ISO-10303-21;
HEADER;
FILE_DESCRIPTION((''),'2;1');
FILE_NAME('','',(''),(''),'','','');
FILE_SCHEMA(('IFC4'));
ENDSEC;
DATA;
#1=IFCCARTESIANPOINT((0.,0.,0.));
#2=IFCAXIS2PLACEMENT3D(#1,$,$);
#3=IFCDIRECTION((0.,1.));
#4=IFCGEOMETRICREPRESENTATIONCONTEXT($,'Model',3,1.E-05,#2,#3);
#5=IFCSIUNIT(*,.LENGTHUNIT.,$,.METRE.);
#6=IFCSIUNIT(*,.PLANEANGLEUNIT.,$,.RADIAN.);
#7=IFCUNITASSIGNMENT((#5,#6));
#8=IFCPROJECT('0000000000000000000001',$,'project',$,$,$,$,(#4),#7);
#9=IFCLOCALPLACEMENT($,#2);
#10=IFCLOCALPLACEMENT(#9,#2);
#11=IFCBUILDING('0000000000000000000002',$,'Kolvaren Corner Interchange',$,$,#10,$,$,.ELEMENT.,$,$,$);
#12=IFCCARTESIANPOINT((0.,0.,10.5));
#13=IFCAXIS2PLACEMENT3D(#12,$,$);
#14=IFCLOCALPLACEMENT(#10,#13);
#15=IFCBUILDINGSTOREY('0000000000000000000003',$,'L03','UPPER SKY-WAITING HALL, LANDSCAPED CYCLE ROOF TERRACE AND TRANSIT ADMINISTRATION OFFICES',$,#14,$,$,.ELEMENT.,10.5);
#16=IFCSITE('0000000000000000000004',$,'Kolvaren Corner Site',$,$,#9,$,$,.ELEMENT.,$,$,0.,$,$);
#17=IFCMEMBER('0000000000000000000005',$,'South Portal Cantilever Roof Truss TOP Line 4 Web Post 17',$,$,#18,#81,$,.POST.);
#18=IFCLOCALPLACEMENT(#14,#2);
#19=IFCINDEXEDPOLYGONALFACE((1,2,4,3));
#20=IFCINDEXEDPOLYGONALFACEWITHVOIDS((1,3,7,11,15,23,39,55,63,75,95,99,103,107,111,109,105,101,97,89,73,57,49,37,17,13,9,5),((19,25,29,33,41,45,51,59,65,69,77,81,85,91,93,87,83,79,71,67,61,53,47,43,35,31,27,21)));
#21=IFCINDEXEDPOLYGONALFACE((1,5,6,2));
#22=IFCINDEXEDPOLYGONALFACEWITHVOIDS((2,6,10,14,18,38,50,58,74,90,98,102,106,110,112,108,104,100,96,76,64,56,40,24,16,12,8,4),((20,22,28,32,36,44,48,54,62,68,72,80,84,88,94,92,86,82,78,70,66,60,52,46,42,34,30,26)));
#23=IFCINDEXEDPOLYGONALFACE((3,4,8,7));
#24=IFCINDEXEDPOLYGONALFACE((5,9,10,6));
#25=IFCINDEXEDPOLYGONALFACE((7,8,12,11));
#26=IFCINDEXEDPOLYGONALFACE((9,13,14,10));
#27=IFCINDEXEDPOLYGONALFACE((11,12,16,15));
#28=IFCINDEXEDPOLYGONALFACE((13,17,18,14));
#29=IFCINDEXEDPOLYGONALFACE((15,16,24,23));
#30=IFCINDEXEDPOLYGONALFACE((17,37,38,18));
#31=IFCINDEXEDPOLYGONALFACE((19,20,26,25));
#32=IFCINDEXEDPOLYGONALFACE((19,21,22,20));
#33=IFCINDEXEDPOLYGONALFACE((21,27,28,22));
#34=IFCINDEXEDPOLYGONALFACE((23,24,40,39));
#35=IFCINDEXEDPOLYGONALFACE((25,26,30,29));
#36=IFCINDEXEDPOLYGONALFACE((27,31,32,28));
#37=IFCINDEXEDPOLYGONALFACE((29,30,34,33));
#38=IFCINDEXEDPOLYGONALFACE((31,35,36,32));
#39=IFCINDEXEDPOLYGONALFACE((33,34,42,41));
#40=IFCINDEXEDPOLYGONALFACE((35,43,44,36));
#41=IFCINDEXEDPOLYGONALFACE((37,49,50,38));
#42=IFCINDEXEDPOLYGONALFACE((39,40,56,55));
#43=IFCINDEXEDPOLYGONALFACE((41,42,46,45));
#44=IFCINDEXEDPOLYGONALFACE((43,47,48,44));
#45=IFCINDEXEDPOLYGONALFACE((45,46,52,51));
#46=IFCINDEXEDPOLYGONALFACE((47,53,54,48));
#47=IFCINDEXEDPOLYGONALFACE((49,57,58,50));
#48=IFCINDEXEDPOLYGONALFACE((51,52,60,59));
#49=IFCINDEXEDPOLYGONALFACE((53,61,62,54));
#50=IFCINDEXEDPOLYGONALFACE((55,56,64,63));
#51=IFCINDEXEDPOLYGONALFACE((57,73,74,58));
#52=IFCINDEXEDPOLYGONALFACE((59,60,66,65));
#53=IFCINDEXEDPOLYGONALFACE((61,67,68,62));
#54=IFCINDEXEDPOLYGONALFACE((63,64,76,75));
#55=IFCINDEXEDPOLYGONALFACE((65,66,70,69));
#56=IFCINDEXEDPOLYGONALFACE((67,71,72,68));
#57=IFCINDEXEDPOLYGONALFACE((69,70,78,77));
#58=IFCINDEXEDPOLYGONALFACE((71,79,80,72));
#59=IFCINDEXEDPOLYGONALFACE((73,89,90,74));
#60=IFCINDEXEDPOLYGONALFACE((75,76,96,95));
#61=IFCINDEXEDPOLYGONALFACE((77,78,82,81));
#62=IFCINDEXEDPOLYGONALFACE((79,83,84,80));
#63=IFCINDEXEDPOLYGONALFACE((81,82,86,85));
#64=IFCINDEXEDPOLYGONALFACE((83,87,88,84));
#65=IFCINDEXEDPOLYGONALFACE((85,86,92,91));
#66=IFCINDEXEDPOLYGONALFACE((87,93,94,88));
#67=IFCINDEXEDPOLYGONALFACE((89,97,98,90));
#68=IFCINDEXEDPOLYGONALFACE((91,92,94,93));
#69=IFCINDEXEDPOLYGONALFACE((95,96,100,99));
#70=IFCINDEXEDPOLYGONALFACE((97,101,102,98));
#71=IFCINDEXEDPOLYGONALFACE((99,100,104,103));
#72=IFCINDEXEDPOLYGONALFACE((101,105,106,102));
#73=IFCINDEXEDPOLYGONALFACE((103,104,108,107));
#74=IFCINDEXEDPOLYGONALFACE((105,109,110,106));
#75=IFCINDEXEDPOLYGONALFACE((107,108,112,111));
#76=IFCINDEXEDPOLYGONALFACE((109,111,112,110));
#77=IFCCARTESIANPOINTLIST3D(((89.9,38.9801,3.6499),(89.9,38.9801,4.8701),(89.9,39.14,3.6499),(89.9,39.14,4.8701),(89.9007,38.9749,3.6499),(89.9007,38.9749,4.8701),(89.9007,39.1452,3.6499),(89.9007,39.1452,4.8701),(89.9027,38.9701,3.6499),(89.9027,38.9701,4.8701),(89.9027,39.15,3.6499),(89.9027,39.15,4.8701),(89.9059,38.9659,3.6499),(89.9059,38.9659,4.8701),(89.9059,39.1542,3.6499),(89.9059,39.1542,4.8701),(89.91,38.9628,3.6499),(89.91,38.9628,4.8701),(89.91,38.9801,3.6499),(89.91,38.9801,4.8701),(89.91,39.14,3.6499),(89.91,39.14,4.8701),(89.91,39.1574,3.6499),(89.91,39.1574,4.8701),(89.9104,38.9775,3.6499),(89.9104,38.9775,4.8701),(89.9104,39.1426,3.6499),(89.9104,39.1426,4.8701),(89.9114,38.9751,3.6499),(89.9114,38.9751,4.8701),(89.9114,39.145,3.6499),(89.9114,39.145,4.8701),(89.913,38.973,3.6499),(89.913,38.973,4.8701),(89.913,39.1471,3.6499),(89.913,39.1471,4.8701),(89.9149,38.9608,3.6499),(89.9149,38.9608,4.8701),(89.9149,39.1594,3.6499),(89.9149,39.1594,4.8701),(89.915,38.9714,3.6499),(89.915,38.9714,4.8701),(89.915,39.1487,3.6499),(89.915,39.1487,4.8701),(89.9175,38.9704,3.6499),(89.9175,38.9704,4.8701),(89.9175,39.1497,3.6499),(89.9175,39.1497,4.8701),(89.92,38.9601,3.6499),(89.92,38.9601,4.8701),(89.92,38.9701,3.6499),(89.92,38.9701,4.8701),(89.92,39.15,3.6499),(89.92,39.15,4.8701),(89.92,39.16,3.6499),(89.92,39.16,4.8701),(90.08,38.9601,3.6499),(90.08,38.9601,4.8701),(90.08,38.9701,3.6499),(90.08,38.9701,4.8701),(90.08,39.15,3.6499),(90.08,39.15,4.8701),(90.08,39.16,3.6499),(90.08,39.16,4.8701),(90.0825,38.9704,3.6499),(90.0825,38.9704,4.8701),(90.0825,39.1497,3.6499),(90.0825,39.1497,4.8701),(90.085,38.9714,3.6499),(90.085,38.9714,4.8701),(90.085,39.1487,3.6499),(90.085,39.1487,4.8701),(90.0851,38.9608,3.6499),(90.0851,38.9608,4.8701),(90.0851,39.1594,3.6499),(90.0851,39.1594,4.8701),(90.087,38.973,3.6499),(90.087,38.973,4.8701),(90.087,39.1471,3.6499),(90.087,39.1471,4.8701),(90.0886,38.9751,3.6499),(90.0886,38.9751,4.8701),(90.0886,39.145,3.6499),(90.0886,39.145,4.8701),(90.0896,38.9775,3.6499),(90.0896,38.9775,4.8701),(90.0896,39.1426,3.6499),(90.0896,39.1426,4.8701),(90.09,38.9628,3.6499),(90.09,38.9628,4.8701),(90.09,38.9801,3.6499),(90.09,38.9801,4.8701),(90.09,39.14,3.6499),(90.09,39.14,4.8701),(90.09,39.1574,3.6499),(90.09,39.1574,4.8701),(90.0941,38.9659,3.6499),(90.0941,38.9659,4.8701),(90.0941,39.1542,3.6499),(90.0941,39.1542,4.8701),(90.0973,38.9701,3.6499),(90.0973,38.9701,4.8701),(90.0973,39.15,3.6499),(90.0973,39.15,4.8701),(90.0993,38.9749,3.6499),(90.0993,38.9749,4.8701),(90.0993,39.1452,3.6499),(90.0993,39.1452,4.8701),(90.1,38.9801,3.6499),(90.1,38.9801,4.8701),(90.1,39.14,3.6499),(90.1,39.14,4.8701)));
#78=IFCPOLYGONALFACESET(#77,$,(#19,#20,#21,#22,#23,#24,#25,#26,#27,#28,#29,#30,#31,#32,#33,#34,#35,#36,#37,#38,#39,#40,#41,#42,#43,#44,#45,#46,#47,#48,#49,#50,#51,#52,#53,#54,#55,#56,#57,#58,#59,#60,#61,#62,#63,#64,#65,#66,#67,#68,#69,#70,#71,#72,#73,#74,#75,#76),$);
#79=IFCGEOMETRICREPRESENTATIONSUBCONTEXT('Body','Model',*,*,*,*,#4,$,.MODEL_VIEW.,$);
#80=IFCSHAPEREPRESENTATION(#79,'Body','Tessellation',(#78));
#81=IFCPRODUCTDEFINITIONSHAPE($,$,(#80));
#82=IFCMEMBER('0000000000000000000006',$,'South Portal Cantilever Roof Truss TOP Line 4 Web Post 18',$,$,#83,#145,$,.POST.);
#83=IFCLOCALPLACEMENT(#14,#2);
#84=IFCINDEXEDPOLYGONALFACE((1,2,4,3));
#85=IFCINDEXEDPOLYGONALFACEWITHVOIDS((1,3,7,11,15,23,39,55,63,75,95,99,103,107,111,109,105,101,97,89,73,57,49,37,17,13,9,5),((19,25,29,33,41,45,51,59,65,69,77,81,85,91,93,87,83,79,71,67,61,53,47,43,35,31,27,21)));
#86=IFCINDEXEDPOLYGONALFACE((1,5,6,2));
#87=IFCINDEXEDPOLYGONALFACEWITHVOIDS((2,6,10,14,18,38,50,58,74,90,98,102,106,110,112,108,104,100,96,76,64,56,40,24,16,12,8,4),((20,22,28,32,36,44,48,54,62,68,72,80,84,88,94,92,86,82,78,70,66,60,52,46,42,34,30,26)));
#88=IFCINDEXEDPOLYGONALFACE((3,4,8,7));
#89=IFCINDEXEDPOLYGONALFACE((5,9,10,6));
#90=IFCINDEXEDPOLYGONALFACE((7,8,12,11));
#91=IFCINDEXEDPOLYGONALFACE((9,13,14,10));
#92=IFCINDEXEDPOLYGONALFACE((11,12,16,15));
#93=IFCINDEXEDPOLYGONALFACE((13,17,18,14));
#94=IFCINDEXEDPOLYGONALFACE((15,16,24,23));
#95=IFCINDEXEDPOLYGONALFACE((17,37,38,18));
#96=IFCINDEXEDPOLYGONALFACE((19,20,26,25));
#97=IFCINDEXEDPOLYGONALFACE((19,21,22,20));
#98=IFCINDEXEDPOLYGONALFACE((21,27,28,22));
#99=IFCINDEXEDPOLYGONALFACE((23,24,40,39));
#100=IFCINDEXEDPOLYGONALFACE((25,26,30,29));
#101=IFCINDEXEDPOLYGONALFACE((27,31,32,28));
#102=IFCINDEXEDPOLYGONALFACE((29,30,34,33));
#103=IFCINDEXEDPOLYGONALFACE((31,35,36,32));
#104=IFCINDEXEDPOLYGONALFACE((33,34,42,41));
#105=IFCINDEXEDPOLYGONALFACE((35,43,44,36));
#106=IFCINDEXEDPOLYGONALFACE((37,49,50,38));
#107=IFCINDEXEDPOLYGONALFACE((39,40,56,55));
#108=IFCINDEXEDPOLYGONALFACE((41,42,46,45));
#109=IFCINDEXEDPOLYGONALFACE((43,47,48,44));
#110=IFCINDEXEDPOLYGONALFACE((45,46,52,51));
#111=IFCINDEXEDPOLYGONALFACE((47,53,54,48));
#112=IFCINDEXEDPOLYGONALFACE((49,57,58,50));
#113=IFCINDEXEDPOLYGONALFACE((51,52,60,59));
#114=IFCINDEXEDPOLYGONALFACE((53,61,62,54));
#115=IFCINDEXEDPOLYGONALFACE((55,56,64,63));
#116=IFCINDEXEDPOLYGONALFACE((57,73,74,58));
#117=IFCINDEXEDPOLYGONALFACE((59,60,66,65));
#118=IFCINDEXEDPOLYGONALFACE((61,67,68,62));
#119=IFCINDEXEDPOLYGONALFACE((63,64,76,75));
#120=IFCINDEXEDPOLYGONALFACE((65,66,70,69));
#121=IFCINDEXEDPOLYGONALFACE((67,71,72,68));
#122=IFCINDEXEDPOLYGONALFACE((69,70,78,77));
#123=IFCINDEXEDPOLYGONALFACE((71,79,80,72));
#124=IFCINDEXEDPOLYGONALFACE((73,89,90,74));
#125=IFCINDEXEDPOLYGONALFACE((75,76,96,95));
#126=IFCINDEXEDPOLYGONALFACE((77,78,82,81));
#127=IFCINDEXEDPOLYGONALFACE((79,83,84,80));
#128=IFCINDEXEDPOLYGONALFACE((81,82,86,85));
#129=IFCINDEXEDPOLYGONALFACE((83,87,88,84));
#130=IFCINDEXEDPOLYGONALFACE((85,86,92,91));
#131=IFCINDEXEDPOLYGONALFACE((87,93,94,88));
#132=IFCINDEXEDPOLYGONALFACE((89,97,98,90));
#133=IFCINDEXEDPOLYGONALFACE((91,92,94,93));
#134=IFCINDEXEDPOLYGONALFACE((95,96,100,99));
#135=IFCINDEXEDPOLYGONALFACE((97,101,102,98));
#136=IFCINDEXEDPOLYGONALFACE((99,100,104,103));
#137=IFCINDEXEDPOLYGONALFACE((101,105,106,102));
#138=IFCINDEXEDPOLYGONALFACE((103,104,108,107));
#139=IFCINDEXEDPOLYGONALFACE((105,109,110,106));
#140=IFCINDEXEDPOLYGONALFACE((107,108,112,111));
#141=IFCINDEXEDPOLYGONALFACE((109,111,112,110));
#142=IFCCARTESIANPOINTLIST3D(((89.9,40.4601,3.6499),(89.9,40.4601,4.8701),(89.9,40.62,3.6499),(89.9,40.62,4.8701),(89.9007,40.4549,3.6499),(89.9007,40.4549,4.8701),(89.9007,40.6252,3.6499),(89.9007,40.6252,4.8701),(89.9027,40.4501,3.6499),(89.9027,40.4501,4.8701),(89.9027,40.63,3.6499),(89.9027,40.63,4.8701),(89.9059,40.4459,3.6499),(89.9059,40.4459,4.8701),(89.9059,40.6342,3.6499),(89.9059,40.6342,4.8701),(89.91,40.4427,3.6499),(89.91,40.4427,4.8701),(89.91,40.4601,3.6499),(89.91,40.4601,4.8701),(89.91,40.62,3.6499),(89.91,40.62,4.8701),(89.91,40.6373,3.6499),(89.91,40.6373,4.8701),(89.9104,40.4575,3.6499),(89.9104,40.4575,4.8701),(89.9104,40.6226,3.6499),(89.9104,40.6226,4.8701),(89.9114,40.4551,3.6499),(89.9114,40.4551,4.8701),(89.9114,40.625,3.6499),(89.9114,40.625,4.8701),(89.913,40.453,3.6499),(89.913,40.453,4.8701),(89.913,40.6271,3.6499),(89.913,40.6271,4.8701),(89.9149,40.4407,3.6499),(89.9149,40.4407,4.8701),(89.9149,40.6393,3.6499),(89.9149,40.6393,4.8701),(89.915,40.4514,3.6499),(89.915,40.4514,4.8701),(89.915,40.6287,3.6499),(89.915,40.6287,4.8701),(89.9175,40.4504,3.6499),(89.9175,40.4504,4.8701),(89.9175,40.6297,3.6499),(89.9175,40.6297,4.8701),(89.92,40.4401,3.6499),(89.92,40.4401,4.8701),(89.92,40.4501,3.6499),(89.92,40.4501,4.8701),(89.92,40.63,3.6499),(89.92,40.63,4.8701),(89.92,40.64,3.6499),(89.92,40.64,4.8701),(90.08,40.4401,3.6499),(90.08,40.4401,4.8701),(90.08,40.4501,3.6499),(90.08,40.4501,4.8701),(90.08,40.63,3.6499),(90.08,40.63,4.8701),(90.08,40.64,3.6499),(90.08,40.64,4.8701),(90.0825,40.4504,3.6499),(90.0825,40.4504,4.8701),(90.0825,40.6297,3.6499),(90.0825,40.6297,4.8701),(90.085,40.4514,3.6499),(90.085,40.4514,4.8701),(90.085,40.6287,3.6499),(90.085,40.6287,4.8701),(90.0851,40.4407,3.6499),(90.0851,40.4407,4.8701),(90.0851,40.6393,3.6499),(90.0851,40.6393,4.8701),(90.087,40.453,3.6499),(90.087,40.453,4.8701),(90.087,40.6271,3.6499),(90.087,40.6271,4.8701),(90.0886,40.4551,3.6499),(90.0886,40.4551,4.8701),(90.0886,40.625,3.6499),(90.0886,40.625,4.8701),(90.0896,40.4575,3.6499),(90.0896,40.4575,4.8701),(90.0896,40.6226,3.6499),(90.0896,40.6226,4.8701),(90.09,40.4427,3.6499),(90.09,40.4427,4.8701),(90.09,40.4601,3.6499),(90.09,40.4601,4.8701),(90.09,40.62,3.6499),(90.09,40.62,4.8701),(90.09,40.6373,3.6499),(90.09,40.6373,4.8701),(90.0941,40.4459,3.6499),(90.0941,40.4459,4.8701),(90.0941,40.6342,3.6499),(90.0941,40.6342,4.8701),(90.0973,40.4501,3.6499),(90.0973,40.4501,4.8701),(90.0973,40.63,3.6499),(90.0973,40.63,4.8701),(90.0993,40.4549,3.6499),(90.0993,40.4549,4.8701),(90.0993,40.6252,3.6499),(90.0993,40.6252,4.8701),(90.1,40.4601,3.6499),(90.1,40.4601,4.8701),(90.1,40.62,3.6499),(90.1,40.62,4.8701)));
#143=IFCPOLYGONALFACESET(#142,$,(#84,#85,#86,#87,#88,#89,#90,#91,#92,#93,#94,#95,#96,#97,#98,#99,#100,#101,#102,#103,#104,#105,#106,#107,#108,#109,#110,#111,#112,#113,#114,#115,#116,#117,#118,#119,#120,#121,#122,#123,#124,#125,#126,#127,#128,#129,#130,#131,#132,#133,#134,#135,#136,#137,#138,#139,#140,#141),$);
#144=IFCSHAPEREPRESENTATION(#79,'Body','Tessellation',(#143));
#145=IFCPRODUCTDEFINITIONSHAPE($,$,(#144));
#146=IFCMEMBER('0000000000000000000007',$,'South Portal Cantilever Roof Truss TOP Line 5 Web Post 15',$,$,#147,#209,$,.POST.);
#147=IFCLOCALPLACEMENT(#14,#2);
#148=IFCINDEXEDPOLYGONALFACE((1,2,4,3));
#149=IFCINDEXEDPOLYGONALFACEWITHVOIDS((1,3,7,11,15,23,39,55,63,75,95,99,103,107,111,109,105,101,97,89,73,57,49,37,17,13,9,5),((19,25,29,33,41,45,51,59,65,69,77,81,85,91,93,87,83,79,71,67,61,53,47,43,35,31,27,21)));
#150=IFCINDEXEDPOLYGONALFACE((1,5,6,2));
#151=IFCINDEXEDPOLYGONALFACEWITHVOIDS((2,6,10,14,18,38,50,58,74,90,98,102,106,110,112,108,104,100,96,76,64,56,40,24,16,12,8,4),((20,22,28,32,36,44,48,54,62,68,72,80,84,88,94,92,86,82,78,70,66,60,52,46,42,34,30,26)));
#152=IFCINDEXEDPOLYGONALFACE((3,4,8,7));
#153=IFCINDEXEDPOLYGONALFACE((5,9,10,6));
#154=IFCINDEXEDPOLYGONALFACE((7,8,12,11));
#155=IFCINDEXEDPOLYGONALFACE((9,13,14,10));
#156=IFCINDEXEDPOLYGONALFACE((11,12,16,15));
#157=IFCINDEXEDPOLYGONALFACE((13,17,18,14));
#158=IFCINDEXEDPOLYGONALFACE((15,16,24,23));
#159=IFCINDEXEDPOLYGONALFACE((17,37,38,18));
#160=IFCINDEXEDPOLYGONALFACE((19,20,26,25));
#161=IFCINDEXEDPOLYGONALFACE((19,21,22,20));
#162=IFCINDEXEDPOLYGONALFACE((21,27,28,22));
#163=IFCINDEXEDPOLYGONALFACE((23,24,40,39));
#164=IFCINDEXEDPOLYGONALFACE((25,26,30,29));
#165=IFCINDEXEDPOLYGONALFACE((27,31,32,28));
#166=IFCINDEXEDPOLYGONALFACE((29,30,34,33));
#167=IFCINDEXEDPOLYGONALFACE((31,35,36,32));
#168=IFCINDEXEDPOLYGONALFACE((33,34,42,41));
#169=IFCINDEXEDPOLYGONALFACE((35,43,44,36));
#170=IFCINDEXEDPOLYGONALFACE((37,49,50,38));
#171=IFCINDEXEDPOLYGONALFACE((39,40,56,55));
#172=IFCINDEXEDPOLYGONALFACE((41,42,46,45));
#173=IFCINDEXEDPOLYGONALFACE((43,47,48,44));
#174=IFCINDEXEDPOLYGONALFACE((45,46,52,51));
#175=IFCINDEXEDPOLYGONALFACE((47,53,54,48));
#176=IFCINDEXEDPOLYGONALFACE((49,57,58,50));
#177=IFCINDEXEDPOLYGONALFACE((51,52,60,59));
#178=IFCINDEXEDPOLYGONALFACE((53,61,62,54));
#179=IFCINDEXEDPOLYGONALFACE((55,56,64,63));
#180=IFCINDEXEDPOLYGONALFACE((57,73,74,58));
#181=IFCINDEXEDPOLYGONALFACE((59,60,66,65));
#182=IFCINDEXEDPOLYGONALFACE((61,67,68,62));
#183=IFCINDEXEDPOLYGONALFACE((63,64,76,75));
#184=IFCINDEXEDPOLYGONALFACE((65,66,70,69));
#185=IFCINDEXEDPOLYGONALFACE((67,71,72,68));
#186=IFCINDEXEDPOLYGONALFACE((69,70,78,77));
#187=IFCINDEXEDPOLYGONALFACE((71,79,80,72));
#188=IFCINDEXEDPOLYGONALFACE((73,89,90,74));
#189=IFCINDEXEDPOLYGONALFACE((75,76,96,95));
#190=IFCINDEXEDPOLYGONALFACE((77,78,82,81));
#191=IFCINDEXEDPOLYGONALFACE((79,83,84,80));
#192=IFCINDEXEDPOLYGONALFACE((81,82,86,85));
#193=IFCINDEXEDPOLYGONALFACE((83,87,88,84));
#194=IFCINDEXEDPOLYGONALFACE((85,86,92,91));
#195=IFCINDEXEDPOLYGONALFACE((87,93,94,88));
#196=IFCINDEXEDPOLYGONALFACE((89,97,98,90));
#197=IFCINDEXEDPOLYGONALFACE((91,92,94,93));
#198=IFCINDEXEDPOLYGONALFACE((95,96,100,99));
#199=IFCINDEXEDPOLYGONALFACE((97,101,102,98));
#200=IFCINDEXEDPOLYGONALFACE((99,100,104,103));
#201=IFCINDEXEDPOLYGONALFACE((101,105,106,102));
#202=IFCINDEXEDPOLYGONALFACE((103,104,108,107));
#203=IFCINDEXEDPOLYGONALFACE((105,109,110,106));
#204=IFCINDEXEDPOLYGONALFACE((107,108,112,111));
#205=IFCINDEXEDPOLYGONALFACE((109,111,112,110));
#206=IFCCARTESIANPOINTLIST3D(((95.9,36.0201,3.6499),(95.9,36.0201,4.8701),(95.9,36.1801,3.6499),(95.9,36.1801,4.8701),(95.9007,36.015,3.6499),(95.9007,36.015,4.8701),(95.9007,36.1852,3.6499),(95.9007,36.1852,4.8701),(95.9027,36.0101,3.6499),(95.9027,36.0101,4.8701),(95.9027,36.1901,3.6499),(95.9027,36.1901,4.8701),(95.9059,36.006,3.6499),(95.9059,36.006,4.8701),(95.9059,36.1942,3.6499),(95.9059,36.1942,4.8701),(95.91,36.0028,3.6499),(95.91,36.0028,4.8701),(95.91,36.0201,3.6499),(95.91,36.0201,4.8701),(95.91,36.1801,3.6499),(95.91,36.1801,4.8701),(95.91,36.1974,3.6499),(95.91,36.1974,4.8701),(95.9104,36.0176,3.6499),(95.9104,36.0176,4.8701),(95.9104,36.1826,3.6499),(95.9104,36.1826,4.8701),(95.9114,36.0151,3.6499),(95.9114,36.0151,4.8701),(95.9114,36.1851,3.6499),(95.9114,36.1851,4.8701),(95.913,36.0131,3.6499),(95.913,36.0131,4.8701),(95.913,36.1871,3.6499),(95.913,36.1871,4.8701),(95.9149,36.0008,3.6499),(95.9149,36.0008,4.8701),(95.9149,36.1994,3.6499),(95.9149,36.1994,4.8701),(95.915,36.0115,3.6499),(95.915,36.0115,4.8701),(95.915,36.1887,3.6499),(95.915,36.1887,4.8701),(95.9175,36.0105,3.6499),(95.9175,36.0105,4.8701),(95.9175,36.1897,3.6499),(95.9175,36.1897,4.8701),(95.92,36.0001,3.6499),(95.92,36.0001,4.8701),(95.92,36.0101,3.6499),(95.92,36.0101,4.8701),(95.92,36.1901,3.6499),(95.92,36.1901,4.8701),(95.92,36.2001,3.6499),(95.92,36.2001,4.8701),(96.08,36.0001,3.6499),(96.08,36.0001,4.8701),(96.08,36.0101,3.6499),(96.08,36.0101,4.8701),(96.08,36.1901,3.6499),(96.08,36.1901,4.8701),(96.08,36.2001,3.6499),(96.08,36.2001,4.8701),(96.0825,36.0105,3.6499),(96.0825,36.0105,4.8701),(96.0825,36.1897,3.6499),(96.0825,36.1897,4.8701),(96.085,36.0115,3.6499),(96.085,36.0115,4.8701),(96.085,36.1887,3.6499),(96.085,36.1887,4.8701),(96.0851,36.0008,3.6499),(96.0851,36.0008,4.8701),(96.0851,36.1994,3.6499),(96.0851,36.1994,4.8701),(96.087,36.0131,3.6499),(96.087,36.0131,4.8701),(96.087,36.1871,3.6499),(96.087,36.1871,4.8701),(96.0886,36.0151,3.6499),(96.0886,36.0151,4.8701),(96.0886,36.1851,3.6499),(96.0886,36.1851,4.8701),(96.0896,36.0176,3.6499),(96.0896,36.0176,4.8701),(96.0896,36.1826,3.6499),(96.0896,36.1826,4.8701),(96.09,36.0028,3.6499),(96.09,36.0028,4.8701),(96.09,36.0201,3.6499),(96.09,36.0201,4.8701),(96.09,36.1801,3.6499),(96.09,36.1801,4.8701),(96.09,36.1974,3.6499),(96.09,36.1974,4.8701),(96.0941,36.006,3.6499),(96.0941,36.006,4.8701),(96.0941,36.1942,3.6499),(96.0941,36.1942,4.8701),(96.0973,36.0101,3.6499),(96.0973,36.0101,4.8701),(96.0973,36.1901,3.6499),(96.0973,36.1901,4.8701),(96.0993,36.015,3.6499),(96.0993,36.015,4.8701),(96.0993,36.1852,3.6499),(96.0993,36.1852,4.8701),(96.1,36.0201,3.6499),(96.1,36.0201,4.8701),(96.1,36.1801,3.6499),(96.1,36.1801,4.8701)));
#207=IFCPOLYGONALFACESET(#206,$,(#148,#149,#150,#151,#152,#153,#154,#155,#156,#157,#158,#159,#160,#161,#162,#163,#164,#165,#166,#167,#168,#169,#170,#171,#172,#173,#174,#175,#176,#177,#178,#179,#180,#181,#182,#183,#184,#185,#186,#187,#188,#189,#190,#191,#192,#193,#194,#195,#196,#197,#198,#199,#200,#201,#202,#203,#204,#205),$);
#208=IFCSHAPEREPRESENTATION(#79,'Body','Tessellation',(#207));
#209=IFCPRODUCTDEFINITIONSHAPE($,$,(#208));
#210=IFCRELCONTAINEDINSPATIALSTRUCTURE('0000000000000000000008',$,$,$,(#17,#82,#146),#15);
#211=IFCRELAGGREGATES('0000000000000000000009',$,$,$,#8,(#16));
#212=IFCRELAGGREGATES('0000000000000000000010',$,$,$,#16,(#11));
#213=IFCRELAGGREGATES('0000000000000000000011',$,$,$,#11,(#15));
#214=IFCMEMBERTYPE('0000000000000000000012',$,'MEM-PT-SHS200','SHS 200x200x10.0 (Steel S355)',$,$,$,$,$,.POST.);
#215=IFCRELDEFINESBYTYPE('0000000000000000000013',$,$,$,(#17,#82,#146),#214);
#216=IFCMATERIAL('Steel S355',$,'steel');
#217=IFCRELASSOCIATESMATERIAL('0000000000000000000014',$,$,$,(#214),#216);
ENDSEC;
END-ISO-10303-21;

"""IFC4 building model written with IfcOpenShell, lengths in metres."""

from ifc_helpers import new_model, si_unit, direction, frame, origin, origin_2d, place, context, subcontext, project, spatial, hollow_rectangle, extrude, material, material_profile, profile_set, type_object, element, save


model = new_model("IFC4")

# Units and contexts
model_context = context("Model", 3, precision=1e-05, world=origin(), true_north=direction((0.0, 1.0)))
body_context = subcontext(model_context, "Body", "Model", "MODEL_VIEW")
ifc_project = project(units=[si_unit("LENGTHUNIT", "METRE"), si_unit("PLANEANGLEUNIT", "RADIAN")], contexts=[model_context])

# Site, building, storey
site_placement = place(None, origin())
site = spatial("IfcSite", under=ifc_project, at=site_placement, Name="Kolvaren Corner Site", CompositionType="ELEMENT", RefElevation=0.0)
building_placement = place(site_placement, origin())
building = spatial("IfcBuilding", under=site, at=building_placement, Name="Kolvaren Corner Interchange", CompositionType="ELEMENT")
storey_placement = place(building_placement, frame((0.0, 0.0, 10.5)))
storey = spatial("IfcBuildingStorey", under=building, at=storey_placement, Name="L03", Description="UPPER SKY-WAITING HALL, LANDSCAPED CYCLE ROOF TERRACE AND TRANSIT ADMINISTRATION OFFICES", CompositionType="ELEMENT", Elevation=10.5)

# Members
ifc_material_1 = material(Name="Steel S355", Category="steel")
ifc_material_profile_1 = material_profile(ifc_material_1, hollow_rectangle(XDim=0.2, YDim=0.2, WallThickness=0.01, InnerFilletRadius=0.01, OuterFilletRadius=0.02, at=origin_2d()), Name="SHS 200x200x10.0")
ifc_profile_set_1 = profile_set([ifc_material_profile_1], Name="Steel S355")
member_type_1 = type_object("IfcMemberType", Name="MEM-PT-SHS200", Description="SHS 200x200x10.0 (Steel S355)", PredefinedType="POST", material=ifc_profile_set_1)
for number, where, z_axis, x_axis, name in (
    (1, (90.0, 39.0601, 3.6499), (0.0, 0.0, 1.0), (1.0, 0.0, 0.0), "South Portal Cantilever Roof Truss TOP Line 4 Web Post 17"),
    (2, (90.0, 40.54, 3.6499), (0.0, 0.0, 1.0), (1.0, 0.0, 0.0), "South Portal Cantilever Roof Truss TOP Line 4 Web Post 18"),
    (3, (96.0, 36.1001, 3.6499), (0.0, 0.0, 1.0), (1.0, 0.0, 0.0), "South Portal Cantilever Roof Truss TOP Line 5 Web Post 15"),
):
    element("IfcMember", number, at=place(storey_placement, frame(where, z_axis=z_axis, x_axis=x_axis)), inside=storey, type_object=member_type_1, Name=name, PredefinedType="POST", context=body_context, shape_type="SweptSolid", body=[
        extrude(hollow_rectangle(XDim=0.2, YDim=0.2, WallThickness=0.01, InnerFilletRadius=0.01, OuterFilletRadius=0.02, at=origin_2d()), origin(), (0.0, 0.0, 1.0), 1.2202),
    ])

save(model, "model.ifc")
